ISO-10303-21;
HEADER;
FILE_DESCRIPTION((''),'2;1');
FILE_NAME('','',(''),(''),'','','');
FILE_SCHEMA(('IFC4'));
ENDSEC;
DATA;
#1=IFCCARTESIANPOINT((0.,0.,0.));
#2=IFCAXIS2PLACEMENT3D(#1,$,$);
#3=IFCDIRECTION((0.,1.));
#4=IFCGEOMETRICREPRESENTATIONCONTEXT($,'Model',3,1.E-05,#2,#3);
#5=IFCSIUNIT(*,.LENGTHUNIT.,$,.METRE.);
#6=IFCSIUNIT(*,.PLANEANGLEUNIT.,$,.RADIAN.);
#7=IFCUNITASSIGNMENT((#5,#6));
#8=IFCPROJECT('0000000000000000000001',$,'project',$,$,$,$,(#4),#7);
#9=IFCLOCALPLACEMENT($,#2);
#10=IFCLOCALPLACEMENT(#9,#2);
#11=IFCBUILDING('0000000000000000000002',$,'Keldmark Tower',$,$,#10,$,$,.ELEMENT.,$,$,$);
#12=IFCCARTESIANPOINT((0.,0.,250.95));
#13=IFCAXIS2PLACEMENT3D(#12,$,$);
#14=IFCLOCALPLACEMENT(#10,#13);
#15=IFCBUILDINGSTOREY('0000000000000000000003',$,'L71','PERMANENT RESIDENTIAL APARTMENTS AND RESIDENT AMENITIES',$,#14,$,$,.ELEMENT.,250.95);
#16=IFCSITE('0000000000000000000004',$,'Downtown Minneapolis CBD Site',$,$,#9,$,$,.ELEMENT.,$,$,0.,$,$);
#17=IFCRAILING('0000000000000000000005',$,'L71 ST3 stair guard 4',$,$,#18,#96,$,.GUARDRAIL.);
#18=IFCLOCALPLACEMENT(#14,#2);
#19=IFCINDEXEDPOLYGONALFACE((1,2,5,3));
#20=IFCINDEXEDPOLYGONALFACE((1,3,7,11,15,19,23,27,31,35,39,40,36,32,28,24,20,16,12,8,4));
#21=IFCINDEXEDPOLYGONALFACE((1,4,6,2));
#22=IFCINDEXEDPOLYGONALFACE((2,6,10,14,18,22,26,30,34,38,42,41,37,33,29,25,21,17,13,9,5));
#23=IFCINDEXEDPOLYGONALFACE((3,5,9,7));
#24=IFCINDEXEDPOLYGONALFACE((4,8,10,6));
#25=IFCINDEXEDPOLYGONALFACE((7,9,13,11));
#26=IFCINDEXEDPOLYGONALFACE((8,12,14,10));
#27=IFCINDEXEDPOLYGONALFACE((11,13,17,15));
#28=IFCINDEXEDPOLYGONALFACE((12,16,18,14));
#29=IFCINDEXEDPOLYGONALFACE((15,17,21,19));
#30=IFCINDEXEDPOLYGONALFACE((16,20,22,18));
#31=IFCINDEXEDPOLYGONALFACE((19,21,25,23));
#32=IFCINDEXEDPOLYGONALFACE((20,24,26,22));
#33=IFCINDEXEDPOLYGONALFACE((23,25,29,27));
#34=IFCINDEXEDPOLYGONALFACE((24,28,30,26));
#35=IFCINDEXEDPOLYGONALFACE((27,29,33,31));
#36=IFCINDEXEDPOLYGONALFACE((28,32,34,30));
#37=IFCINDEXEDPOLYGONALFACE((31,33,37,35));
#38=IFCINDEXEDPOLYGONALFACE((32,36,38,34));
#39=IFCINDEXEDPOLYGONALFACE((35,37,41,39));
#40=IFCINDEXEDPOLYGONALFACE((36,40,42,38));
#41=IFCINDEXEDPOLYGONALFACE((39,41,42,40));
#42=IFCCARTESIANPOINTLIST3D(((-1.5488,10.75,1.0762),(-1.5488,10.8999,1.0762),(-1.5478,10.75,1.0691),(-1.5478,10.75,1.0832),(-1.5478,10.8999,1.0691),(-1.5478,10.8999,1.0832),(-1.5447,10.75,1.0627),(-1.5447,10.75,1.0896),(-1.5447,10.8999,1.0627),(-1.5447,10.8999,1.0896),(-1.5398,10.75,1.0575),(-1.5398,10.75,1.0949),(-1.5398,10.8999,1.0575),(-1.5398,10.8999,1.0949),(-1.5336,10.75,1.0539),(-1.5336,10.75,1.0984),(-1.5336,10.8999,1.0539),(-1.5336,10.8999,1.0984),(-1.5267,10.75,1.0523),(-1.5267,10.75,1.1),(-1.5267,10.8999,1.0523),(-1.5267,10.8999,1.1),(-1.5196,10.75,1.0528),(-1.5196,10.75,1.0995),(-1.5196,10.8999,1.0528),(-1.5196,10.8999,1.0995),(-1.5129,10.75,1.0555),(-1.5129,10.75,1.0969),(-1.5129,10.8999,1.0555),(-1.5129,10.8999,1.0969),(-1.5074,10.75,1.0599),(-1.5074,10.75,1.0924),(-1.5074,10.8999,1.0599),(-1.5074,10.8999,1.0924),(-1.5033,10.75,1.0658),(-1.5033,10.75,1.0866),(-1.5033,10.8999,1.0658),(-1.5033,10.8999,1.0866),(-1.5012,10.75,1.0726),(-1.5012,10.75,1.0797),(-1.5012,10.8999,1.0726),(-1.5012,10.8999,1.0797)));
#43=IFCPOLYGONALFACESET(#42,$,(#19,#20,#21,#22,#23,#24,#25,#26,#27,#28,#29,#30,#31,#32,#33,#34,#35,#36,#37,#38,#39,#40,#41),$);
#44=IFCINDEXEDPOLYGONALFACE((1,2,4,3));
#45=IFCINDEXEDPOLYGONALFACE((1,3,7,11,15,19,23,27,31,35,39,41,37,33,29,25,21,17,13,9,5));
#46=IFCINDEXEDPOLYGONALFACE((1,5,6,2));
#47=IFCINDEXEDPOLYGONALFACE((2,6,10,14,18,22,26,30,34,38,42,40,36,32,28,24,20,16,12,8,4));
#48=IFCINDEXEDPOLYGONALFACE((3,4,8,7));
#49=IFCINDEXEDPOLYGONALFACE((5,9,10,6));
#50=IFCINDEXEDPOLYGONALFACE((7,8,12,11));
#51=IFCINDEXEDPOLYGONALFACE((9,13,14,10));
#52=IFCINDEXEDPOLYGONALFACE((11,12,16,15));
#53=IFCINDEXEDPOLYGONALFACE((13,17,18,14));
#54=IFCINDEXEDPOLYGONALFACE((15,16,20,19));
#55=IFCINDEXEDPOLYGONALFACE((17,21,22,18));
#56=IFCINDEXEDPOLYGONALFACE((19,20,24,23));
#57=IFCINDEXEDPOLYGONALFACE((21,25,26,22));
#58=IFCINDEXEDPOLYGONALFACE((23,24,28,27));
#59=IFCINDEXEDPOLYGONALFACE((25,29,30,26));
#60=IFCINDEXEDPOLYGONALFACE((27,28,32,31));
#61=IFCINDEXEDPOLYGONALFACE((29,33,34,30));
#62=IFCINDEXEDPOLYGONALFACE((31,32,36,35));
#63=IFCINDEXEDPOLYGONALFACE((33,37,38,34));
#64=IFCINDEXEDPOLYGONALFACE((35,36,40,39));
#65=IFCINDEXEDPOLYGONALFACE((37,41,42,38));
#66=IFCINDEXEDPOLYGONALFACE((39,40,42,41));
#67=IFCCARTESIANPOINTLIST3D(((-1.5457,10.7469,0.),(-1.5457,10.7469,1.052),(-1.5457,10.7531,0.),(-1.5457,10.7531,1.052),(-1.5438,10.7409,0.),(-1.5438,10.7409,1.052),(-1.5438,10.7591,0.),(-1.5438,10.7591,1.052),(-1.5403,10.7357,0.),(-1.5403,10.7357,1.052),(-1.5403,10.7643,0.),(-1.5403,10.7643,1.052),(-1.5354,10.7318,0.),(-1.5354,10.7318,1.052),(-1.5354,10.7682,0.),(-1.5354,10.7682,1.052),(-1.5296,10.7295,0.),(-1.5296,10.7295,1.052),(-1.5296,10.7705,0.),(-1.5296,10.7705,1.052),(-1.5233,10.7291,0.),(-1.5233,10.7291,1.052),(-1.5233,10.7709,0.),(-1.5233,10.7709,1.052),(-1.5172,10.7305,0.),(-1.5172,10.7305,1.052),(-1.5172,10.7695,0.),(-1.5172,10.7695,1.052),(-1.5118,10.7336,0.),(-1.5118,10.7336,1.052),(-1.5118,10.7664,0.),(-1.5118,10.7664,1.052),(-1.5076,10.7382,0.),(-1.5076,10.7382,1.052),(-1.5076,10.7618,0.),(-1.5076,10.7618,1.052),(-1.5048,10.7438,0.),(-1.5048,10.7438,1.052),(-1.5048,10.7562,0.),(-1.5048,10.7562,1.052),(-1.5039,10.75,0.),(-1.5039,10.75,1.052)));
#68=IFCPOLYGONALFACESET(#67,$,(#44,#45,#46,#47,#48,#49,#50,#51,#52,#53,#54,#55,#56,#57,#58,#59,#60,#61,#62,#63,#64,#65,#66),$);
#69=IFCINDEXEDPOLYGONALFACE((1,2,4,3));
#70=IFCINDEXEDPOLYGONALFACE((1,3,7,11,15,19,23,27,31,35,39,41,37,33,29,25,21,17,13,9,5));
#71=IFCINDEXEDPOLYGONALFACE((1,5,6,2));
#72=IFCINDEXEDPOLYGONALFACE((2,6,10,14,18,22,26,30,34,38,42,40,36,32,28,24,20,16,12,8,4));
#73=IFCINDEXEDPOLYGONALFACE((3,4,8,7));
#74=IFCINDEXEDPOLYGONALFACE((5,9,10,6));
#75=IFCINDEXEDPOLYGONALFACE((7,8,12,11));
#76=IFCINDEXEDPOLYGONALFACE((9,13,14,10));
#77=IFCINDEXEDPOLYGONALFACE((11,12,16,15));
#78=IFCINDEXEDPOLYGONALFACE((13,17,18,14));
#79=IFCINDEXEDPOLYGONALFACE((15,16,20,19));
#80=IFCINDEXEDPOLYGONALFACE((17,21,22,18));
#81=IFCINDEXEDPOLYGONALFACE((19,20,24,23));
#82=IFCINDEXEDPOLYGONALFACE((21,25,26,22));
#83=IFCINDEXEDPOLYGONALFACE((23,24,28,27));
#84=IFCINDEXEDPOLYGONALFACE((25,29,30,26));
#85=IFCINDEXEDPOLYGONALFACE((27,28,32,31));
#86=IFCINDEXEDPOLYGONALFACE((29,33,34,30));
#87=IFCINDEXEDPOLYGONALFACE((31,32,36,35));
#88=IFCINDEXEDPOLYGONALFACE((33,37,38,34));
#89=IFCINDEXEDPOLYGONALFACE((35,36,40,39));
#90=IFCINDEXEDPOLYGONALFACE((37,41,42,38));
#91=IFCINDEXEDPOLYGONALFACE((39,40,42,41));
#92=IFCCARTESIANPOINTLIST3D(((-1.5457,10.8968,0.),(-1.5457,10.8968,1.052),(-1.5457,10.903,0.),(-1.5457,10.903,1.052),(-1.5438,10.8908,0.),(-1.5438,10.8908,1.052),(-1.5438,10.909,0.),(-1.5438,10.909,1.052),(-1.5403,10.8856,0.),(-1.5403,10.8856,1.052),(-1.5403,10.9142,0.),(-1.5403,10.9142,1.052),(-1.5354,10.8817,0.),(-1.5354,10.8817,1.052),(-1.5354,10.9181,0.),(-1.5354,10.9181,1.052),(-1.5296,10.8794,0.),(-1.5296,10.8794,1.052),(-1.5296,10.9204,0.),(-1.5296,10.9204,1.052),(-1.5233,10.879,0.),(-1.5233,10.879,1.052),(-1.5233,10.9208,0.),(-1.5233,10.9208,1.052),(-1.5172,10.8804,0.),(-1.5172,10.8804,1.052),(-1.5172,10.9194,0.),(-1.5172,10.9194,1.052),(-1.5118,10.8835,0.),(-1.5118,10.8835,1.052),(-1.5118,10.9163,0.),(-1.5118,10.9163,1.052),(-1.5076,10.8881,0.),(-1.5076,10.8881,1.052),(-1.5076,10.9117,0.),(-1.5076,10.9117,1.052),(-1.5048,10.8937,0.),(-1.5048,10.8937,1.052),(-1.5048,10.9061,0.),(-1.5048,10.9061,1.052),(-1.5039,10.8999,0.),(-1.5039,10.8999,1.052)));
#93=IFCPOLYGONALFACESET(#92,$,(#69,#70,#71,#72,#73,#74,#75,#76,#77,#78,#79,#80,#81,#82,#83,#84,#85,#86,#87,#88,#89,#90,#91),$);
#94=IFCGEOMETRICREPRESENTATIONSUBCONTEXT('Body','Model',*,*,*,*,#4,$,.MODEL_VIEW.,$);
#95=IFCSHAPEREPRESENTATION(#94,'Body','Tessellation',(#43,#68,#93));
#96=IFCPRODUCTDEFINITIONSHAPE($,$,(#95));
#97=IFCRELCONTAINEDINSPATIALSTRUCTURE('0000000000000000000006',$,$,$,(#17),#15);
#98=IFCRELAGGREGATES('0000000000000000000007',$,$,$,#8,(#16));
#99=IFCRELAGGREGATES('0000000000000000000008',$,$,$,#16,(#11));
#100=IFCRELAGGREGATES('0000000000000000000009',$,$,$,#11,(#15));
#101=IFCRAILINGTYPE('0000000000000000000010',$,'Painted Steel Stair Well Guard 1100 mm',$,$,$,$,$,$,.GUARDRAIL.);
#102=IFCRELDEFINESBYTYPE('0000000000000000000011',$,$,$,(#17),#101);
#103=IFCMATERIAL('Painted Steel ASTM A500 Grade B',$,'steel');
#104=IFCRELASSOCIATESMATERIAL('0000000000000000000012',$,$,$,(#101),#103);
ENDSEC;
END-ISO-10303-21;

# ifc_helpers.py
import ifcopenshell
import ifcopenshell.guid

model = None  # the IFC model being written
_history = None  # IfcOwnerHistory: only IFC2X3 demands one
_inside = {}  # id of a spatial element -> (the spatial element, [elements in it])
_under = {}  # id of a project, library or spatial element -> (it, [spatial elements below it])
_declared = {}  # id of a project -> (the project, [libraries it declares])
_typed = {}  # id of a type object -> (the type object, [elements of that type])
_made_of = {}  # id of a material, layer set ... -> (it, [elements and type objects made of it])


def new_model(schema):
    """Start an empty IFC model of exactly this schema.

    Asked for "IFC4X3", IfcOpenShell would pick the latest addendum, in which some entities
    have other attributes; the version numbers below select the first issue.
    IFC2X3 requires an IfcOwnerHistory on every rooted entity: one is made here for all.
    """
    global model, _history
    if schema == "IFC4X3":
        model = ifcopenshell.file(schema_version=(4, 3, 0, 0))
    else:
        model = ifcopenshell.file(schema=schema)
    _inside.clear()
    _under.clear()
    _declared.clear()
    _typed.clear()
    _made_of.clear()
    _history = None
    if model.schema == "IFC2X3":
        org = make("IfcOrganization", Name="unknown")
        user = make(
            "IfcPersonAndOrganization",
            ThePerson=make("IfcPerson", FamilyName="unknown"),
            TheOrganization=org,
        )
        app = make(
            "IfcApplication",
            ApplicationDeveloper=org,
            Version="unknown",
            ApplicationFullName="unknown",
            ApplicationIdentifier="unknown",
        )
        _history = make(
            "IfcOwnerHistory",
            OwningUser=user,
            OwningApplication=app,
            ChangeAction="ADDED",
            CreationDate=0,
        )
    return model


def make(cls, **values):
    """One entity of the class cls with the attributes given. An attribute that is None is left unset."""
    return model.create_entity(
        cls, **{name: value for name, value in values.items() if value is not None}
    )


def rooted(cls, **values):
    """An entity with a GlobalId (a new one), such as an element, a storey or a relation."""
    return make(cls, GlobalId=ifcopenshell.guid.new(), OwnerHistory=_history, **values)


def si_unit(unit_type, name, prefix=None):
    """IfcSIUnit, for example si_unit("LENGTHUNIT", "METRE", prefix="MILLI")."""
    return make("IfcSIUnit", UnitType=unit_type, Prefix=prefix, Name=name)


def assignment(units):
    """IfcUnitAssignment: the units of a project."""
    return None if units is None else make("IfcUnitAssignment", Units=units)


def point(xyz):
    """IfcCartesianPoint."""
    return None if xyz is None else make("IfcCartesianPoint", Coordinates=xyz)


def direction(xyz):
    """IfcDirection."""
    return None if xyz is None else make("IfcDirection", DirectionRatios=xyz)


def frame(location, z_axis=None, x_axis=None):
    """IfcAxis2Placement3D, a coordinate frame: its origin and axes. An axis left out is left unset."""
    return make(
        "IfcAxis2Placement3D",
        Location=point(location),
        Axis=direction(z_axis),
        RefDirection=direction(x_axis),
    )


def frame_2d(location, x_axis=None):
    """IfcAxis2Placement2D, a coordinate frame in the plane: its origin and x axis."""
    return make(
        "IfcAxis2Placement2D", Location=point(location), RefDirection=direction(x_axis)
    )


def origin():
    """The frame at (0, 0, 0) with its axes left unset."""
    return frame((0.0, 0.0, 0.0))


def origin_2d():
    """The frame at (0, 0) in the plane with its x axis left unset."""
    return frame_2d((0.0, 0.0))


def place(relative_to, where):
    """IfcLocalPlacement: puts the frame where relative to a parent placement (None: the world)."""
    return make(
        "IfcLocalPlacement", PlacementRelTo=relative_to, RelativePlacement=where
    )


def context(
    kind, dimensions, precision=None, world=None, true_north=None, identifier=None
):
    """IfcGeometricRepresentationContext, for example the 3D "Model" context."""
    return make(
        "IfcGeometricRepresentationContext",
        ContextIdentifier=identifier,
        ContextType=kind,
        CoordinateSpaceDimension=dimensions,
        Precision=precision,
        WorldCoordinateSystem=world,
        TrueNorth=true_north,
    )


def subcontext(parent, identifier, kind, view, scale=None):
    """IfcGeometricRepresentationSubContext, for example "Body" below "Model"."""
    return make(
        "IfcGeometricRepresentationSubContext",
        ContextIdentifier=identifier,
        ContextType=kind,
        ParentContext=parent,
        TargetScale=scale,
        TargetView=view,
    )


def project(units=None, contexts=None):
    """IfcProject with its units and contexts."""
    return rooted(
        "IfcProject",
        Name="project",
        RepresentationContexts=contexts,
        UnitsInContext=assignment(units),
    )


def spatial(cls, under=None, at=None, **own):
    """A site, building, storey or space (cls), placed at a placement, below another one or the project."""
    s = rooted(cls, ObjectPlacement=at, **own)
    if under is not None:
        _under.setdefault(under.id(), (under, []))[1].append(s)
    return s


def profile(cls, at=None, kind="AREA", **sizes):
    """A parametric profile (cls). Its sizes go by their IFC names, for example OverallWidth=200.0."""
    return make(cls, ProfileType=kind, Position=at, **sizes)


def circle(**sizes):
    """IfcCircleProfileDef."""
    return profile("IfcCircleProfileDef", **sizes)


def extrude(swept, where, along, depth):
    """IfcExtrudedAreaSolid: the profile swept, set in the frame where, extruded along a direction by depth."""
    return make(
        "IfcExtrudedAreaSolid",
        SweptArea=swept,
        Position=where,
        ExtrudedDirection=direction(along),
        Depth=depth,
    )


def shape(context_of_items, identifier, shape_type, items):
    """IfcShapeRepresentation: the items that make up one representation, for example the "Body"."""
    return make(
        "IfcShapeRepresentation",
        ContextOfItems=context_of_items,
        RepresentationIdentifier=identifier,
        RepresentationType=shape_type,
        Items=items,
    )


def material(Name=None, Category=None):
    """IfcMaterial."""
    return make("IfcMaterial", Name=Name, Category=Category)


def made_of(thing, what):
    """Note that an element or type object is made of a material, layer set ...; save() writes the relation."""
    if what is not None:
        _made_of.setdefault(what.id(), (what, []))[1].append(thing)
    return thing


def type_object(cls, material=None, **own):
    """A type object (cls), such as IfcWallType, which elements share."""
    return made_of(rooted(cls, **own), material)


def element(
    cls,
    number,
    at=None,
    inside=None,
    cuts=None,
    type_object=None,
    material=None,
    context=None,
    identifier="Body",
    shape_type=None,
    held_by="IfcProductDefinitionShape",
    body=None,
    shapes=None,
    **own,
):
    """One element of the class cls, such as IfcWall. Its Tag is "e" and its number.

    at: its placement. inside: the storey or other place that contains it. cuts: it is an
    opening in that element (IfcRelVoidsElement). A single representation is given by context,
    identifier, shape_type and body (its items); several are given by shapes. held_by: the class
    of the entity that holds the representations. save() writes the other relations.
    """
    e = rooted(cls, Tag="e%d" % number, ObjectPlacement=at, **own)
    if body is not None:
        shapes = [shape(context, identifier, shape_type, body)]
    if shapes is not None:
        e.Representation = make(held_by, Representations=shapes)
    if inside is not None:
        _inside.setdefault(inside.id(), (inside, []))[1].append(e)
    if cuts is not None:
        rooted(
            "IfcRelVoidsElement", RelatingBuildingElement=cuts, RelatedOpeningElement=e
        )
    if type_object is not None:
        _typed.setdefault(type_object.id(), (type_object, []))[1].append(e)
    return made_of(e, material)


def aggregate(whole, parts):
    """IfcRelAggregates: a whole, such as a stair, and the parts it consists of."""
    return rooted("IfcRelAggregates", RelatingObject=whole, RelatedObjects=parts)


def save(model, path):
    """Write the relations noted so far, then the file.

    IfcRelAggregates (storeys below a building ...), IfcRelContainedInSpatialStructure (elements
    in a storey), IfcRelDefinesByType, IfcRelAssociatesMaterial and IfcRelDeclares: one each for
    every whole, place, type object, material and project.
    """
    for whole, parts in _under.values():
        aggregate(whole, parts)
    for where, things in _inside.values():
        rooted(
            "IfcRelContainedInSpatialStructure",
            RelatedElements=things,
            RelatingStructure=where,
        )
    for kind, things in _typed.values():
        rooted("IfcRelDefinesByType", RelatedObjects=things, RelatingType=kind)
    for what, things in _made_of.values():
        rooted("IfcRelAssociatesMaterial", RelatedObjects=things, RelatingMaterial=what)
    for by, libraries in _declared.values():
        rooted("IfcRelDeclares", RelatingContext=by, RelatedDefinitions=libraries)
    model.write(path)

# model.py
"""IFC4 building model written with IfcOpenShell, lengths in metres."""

from ifc_helpers import new_model, si_unit, direction, frame, origin, origin_2d, place, context, subcontext, project, spatial, circle, extrude, material, type_object, element, save


model = new_model("IFC4")

# Units and contexts
model_context = context("Model", 3, precision=1e-05, world=origin(), true_north=direction((0.0, 1.0)))
body_context = subcontext(model_context, "Body", "Model", "MODEL_VIEW")
ifc_project = project(units=[si_unit("LENGTHUNIT", "METRE"), si_unit("PLANEANGLEUNIT", "RADIAN")], contexts=[model_context])

# Site, building, storey
site_placement = place(None, origin())
site = spatial("IfcSite", under=ifc_project, at=site_placement, Name="Downtown Minneapolis CBD Site", CompositionType="ELEMENT", RefElevation=0.0)
building_placement = place(site_placement, origin())
building = spatial("IfcBuilding", under=site, at=building_placement, Name="Keldmark Tower", CompositionType="ELEMENT")
storey_placement = place(building_placement, frame((0.0, 0.0, 250.95)))
storey = spatial("IfcBuildingStorey", under=building, at=storey_placement, Name="L71", Description="PERMANENT RESIDENTIAL APARTMENTS AND RESIDENT AMENITIES", CompositionType="ELEMENT", Elevation=250.95)

# Railing
ifc_material_1 = material(Name="Painted Steel ASTM A500 Grade B", Category="steel")
railing_type_1 = type_object("IfcRailingType", Name="Painted Steel Stair Well Guard 1100 mm", PredefinedType="GUARDRAIL", material=ifc_material_1)
railing_1_placement = place(storey_placement, frame((-1.5249, 10.75, 0.0)))
element("IfcRailing", 1, at=railing_1_placement, inside=storey, type_object=railing_type_1, Name="L71 ST3 stair guard 4", PredefinedType="GUARDRAIL", context=body_context, shape_type="SweptSolid", body=[
    extrude(circle(Radius=0.0239, at=origin_2d()), frame((0.0, 0.0, 1.0762), z_axis=(0.0, 1.0, 0.0), x_axis=(-1.0, 0.0, 0.0)), (0.0, 0.0, 1.0), 0.1499),
    extrude(circle(Radius=0.021, at=origin_2d()), origin(), (0.0, 0.0, 1.0), 1.052),
    extrude(circle(Radius=0.021, at=origin_2d()), frame((0.0, 0.1499, 0.0)), (0.0, 0.0, 1.0), 1.052),
])

save(model, "model.ifc")
